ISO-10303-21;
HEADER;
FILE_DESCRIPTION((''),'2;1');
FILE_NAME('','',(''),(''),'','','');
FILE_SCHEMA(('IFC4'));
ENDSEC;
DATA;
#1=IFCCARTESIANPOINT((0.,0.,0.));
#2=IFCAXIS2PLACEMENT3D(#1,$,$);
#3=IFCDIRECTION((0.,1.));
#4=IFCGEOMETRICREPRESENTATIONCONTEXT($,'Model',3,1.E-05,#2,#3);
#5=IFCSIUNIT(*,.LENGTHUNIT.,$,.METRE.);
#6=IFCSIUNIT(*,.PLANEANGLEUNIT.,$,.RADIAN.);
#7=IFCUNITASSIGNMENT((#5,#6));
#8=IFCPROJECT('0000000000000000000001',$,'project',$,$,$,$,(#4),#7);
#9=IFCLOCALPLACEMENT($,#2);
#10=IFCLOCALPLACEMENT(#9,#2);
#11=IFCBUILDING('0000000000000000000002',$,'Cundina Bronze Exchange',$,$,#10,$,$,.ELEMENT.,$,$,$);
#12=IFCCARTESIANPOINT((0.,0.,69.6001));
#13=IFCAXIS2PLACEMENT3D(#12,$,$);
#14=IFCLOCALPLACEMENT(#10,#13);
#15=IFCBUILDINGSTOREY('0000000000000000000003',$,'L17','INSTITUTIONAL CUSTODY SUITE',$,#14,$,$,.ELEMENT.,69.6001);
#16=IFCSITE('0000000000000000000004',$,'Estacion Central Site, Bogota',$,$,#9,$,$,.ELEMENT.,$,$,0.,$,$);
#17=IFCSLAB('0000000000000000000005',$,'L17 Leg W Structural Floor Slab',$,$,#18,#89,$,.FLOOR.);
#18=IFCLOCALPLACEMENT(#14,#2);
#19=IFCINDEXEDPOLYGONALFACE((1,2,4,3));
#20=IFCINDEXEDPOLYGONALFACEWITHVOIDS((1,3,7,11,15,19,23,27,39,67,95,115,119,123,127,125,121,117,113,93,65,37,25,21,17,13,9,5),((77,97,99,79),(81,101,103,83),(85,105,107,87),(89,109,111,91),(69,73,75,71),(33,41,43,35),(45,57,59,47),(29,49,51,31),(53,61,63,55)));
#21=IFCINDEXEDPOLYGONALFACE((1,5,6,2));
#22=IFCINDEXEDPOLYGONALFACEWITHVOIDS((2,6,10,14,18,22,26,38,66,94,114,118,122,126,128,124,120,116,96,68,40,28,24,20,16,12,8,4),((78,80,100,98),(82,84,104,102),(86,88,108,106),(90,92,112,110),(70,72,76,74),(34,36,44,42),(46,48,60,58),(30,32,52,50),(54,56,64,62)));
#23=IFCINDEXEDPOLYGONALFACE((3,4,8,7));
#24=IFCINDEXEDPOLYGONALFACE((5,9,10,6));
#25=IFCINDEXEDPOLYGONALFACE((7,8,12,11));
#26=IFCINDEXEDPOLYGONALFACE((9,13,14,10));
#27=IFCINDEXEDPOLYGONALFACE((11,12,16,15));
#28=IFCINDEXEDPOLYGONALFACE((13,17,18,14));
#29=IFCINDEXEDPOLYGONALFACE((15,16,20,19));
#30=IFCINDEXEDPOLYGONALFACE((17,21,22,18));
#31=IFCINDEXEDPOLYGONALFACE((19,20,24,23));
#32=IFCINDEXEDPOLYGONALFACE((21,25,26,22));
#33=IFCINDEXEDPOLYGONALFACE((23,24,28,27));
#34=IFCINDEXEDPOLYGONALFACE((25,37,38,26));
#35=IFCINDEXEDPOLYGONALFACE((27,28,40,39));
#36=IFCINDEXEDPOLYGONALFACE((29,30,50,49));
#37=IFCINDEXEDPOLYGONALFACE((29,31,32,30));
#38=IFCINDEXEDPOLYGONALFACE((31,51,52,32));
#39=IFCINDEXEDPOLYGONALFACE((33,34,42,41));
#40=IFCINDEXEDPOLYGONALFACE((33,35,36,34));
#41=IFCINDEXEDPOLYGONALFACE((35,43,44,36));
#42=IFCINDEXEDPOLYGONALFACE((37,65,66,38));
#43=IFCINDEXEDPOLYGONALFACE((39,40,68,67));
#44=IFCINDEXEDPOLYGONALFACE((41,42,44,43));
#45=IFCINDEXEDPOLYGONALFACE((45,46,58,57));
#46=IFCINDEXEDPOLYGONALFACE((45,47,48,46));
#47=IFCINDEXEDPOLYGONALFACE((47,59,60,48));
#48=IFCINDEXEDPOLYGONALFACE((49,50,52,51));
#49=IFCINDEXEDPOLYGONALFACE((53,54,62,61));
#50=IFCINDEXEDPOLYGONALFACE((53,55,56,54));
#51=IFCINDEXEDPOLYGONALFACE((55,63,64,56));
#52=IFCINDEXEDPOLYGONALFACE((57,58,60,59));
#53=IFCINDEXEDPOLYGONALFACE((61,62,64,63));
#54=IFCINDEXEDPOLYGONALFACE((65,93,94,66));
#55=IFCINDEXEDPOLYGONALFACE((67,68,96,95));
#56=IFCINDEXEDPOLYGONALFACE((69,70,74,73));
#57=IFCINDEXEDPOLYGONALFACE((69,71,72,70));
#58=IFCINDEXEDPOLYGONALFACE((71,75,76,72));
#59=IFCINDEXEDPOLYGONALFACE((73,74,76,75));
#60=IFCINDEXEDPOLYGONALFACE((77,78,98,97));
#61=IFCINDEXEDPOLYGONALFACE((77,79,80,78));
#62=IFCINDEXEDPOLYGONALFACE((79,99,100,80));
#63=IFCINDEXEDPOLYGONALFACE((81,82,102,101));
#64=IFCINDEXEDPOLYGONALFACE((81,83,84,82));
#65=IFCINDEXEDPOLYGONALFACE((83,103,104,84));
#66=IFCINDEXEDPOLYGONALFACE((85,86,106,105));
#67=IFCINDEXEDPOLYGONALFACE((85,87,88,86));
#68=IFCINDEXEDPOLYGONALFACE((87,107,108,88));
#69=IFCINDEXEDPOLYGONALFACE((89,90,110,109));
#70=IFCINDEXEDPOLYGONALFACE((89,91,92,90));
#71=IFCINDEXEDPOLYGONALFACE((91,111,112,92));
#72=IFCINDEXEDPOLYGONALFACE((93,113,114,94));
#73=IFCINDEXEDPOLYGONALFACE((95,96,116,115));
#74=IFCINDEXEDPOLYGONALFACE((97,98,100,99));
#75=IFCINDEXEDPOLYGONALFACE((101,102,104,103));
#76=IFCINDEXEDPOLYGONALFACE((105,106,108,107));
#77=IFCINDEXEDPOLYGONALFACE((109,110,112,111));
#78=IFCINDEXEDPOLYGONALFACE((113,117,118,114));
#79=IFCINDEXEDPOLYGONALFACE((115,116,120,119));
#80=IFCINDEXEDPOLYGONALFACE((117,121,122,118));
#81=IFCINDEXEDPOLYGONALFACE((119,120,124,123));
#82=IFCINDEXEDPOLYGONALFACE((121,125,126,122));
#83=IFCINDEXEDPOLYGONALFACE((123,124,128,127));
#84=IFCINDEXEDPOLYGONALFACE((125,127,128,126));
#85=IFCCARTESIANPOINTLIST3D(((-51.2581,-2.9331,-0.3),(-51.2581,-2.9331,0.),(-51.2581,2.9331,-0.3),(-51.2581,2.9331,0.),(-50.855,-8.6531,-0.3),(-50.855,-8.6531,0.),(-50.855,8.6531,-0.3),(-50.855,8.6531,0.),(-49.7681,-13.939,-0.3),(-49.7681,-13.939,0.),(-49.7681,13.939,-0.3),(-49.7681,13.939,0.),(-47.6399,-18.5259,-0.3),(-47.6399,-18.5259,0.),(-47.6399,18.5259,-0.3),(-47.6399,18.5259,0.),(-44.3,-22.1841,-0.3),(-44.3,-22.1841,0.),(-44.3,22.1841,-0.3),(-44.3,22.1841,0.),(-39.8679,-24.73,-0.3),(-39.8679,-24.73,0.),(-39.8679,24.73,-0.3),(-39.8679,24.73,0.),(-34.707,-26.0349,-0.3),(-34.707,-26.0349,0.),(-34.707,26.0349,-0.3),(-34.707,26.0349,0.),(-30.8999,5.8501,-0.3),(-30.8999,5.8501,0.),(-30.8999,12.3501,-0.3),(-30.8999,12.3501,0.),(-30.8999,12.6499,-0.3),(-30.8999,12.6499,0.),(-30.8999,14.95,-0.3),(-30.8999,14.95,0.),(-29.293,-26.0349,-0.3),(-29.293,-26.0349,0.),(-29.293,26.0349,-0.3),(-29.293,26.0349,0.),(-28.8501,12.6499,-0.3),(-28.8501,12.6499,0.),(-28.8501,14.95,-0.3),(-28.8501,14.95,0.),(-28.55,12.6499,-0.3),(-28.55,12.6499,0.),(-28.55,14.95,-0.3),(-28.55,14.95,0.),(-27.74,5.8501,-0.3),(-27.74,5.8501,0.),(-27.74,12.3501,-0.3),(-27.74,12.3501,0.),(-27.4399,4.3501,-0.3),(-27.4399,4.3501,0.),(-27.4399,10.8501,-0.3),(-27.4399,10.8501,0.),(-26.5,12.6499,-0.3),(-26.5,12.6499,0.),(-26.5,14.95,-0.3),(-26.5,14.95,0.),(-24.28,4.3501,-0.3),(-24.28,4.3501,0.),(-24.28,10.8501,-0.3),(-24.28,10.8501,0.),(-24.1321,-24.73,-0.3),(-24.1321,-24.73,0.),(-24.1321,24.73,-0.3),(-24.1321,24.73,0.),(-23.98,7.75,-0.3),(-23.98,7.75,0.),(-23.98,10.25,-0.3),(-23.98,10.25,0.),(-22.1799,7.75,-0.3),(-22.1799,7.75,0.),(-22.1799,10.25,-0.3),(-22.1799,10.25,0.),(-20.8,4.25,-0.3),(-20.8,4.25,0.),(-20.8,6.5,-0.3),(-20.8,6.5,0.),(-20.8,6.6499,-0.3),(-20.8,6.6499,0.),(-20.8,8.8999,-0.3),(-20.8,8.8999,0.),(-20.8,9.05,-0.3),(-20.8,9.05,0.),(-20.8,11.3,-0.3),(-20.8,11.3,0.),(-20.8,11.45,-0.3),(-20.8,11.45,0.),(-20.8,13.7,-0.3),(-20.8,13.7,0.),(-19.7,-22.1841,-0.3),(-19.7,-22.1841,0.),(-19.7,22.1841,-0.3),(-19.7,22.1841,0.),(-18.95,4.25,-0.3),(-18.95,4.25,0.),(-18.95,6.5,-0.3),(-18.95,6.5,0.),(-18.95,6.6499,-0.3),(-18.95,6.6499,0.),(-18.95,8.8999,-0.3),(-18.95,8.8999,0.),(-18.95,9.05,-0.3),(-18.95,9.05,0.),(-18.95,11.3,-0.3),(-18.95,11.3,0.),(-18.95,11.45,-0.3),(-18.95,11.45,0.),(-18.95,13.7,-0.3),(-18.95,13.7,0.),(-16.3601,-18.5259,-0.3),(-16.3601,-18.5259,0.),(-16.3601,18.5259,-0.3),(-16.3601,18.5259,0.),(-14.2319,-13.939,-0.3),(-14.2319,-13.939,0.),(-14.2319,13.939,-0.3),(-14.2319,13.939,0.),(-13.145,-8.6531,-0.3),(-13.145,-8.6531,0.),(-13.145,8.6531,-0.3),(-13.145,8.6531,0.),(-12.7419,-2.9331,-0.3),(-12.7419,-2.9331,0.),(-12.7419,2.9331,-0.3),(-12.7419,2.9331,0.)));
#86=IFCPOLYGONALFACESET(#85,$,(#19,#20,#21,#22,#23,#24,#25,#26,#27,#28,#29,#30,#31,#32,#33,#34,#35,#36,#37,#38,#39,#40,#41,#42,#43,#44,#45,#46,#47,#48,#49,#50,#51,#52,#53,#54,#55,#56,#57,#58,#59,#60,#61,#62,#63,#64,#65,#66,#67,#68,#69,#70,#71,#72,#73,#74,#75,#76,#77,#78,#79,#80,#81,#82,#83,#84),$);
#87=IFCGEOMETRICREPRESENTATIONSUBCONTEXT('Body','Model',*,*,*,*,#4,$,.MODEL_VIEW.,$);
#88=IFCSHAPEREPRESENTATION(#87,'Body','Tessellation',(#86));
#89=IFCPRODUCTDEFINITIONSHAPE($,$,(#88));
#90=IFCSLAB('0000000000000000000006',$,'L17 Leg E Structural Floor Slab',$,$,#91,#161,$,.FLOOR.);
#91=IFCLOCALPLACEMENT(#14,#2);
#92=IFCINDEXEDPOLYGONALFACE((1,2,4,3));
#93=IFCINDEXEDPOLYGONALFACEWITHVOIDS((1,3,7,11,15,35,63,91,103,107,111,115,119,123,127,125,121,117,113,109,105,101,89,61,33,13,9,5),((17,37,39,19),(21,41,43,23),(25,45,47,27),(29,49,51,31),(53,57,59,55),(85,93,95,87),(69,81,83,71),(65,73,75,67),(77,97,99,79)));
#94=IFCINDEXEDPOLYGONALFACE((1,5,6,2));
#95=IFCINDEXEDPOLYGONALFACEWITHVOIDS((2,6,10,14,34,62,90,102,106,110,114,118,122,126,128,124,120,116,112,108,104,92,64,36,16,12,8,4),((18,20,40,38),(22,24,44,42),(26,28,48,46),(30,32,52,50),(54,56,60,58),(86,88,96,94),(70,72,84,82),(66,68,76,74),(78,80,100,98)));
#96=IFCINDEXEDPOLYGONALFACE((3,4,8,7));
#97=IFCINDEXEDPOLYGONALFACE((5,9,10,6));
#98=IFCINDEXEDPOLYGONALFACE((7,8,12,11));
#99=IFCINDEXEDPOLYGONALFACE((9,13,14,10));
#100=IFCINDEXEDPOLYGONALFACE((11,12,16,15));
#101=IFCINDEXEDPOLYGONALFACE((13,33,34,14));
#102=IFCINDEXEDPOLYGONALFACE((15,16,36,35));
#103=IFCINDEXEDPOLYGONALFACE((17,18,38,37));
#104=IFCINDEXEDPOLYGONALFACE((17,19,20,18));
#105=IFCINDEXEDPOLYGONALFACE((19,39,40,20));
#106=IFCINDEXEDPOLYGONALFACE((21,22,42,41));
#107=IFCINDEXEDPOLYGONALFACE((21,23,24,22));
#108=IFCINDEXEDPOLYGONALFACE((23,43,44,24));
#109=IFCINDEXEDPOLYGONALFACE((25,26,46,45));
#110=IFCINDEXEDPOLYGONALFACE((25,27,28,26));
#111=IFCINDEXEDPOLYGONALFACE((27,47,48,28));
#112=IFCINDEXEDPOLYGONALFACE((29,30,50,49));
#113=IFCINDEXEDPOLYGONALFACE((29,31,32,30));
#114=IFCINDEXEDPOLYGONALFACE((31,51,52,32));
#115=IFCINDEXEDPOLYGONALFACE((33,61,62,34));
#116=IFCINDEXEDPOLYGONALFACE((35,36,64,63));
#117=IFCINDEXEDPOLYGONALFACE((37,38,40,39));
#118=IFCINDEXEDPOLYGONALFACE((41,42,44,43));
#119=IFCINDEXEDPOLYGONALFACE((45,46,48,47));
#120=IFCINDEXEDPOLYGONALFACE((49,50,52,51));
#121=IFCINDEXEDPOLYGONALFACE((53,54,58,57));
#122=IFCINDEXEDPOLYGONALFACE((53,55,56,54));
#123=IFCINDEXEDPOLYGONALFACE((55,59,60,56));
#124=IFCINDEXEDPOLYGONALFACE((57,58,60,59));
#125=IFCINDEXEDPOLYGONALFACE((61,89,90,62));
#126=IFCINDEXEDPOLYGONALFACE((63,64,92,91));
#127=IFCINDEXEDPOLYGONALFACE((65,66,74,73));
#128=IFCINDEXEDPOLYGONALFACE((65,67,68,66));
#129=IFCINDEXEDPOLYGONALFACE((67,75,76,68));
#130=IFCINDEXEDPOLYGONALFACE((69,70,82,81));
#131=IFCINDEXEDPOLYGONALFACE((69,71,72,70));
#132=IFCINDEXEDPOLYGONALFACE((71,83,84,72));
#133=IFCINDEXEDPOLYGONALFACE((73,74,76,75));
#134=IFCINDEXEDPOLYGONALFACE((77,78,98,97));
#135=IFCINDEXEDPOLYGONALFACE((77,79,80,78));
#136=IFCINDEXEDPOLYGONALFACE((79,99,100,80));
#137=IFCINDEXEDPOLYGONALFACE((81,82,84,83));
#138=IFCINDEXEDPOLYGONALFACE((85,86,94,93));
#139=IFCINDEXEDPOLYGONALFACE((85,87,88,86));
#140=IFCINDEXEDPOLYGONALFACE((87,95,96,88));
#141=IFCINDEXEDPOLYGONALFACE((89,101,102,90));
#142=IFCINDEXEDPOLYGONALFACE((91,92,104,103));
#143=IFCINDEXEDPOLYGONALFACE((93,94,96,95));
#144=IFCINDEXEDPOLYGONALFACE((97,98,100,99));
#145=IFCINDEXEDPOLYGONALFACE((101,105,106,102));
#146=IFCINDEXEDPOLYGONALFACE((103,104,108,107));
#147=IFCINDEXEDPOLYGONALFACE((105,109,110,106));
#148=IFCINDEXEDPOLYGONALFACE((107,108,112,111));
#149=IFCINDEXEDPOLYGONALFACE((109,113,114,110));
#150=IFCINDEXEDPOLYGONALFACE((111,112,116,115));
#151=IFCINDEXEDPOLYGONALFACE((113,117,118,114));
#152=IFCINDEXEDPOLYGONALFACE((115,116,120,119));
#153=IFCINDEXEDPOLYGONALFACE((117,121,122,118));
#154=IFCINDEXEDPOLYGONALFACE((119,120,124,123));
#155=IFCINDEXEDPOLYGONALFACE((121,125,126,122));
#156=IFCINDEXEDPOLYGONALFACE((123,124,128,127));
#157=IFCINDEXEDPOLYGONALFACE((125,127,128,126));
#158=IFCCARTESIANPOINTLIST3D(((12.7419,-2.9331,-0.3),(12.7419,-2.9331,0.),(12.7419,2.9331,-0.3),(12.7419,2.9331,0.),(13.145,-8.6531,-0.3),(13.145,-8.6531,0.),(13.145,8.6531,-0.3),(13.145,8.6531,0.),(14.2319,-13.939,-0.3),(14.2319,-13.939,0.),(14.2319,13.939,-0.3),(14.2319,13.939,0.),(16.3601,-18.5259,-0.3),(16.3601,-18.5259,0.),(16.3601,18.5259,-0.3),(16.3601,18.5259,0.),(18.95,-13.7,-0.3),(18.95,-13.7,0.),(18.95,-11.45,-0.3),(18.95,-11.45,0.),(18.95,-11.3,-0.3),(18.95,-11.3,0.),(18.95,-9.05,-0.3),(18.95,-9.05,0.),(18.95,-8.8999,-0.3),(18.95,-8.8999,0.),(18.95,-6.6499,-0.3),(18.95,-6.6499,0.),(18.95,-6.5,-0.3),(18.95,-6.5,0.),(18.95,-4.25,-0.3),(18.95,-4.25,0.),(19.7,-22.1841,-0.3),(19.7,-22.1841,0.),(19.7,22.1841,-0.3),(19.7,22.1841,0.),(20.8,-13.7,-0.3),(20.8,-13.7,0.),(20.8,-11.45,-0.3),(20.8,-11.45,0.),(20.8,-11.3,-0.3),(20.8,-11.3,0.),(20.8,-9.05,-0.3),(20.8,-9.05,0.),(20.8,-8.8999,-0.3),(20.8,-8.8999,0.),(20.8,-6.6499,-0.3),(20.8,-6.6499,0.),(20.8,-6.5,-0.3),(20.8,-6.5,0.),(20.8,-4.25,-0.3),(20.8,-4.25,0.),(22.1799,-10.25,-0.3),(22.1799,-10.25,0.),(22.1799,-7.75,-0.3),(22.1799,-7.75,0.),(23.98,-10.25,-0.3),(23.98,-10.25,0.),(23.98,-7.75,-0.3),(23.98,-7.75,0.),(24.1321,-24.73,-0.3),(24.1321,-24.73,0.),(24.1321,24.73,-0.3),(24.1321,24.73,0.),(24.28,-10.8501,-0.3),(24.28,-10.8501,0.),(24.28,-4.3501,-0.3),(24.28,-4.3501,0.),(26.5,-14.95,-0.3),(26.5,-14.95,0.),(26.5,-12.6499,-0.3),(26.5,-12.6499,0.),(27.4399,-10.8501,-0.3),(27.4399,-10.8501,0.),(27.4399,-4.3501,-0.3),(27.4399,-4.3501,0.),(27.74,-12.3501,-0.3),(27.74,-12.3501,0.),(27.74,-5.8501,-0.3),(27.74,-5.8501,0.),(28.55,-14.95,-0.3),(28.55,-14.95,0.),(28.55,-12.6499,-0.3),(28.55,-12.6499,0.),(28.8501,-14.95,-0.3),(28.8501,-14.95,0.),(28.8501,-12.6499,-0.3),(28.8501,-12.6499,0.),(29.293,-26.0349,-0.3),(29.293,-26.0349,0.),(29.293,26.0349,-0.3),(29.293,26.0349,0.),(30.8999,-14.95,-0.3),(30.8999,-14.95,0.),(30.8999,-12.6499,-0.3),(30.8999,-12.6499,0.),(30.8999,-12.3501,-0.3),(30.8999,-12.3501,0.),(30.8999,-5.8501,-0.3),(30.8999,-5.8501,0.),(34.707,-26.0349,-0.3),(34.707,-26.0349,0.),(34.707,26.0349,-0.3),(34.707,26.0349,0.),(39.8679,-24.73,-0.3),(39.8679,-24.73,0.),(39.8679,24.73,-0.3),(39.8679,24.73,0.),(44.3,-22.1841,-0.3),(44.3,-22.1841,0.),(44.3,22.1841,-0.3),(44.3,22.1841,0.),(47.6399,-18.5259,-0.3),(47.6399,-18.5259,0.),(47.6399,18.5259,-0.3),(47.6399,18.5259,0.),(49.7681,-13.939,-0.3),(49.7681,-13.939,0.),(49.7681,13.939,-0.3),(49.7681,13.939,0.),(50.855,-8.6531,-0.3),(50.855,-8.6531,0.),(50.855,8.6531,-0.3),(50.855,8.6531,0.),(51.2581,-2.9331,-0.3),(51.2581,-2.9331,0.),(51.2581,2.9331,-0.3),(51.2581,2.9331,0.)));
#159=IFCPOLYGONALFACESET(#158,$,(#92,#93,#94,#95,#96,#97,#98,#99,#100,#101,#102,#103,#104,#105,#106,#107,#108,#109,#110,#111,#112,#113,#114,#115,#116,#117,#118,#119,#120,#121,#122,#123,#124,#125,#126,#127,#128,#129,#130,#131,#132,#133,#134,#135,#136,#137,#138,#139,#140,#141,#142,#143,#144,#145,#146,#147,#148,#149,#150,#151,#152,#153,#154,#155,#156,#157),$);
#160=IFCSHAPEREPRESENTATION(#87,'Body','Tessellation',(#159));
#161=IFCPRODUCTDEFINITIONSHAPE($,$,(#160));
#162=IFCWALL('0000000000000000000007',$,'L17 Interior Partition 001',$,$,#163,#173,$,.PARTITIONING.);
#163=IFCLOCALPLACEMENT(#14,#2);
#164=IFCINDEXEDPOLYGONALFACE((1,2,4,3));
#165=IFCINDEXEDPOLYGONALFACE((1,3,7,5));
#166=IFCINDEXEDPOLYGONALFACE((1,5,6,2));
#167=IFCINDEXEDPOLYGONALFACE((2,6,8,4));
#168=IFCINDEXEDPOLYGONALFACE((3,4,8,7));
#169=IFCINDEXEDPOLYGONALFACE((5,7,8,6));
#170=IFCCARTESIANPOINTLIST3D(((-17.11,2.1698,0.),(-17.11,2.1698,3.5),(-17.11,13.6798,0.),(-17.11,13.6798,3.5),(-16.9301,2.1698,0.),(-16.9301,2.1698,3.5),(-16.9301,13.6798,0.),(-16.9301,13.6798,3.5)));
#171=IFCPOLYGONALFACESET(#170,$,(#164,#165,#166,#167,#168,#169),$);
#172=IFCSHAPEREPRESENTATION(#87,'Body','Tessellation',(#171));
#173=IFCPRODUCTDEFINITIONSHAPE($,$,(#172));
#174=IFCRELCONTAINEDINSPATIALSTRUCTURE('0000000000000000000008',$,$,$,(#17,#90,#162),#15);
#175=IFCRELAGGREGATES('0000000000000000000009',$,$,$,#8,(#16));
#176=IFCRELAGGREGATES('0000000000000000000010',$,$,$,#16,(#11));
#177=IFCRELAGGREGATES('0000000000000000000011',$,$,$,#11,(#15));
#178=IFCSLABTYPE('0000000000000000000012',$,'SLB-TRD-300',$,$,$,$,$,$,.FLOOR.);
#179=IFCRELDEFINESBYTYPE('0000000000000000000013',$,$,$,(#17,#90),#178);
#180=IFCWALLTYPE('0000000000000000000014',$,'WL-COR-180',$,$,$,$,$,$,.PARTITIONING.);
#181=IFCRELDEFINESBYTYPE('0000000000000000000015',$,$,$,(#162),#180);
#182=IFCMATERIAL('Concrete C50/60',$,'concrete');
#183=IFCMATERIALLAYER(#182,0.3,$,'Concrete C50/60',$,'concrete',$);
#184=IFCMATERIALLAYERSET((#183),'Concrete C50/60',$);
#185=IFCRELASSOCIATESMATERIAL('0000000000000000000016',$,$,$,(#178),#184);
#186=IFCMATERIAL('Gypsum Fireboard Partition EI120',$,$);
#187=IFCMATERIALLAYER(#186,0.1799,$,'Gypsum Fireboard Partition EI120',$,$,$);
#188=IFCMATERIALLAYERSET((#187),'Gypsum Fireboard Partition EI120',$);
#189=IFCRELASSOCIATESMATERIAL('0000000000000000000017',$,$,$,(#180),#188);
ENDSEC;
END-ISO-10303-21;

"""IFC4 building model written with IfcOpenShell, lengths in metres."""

from ifc_helpers import new_model, si_unit, direction, frame, frame_2d, origin, place, context, subcontext, project, spatial, polyline, rectangle, outline, extrude, material, layer, layer_set, type_object, element, save


model = new_model("IFC4")

# Units and contexts
model_context = context("Model", 3, precision=1e-05, world=origin(), true_north=direction((0.0, 1.0)))
body_context = subcontext(model_context, "Body", "Model", "MODEL_VIEW")
ifc_project = project(units=[si_unit("LENGTHUNIT", "METRE"), si_unit("PLANEANGLEUNIT", "RADIAN")], contexts=[model_context])

# Site, building, storey
site_placement = place(None, origin())
site = spatial("IfcSite", under=ifc_project, at=site_placement, Name="Estacion Central Site, Bogota", CompositionType="ELEMENT", RefElevation=0.0)
building_placement = place(site_placement, origin())
building = spatial("IfcBuilding", under=site, at=building_placement, Name="Cundina Bronze Exchange", CompositionType="ELEMENT")
storey_placement = place(building_placement, frame((0.0, 0.0, 69.6001)))
storey = spatial("IfcBuildingStorey", under=building, at=storey_placement, Name="L17", Description="INSTITUTIONAL CUSTODY SUITE", CompositionType="ELEMENT", Elevation=69.6001)

# Slabs
ifc_material_1 = material(Name="Concrete C50/60", Category="concrete")
ifc_layer_1 = layer(ifc_material_1, 0.3, Name="Concrete C50/60", Category="concrete")
ifc_layer_set_1 = layer_set([ifc_layer_1], Name="Concrete C50/60")
slab_type_1 = type_object("IfcSlabType", Name="SLB-TRD-300", PredefinedType="FLOOR", material=ifc_layer_set_1)
slab_1_placement = place(storey_placement, frame((0.0, 0.0, -0.3)))
element("IfcSlab", 1, at=slab_1_placement, inside=storey, type_object=slab_type_1, Name="L17 Leg W Structural Floor Slab", PredefinedType="FLOOR", context=body_context, shape_type="SweptSolid", body=[
    extrude(outline(polyline([(-12.7419, 2.9331), (-13.145, 8.6531), (-14.2319, 13.939), (-16.3601, 18.5259), (-19.7, 22.1841), (-24.1321, 24.73), (-29.293, 26.0349), (-34.707, 26.0349), (-39.8679, 24.73), (-44.3, 22.1841), (-47.6399, 18.5259), (-49.7681, 13.939), (-50.855, 8.6531), (-51.2581, 2.9331), (-51.2581, -2.9331), (-50.855, -8.6531), (-49.7681, -13.939), (-47.6399, -18.5259), (-44.3, -22.1841), (-39.8679, -24.73), (-34.707, -26.0349), (-29.293, -26.0349), (-24.1321, -24.73), (-19.7, -22.1841), (-16.3601, -18.5259), (-14.2319, -13.939), (-13.145, -8.6531), (-12.7419, -2.9331), (-12.7419, 2.9331)]), holes=[polyline([(-27.74, 5.8501), (-27.74, 12.3501), (-30.8999, 12.3501), (-30.8999, 5.8501), (-27.74, 5.8501)]), polyline([(-27.4399, 10.8501), (-27.4399, 4.3501), (-24.28, 4.3501), (-24.28, 10.8501), (-27.4399, 10.8501)]), polyline([(-23.98, 10.25), (-22.1799, 10.25), (-22.1799, 7.75), (-23.98, 7.75), (-23.98, 10.25)]), polyline([(-30.8999, 14.95), (-28.8501, 14.95), (-28.8501, 12.6499), (-30.8999, 12.6499), (-30.8999, 14.95)]), polyline([(-28.55, 14.95), (-26.5, 14.95), (-26.5, 12.6499), (-28.55, 12.6499), (-28.55, 14.95)]), polyline([(-20.8, 13.7), (-18.95, 13.7), (-18.95, 11.45), (-20.8, 11.45), (-20.8, 13.7)]), polyline([(-20.8, 11.3), (-18.95, 11.3), (-18.95, 9.05), (-20.8, 9.05), (-20.8, 11.3)]), polyline([(-20.8, 8.8999), (-18.95, 8.8999), (-18.95, 6.6499), (-20.8, 6.6499), (-20.8, 8.8999)]), polyline([(-20.8, 6.5), (-18.95, 6.5), (-18.95, 4.25), (-20.8, 4.25), (-20.8, 6.5)])]), origin(), (0.0, 0.0, 1.0), 0.3),
])
slab_2_placement = place(storey_placement, frame((0.0, 0.0, -0.3)))
element("IfcSlab", 2, at=slab_2_placement, inside=storey, type_object=slab_type_1, Name="L17 Leg E Structural Floor Slab", PredefinedType="FLOOR", context=body_context, shape_type="SweptSolid", body=[
    extrude(outline(polyline([(51.2581, 2.9331), (50.855, 8.6531), (49.7681, 13.939), (47.6399, 18.5259), (44.3, 22.1841), (39.8679, 24.73), (34.707, 26.0349), (29.293, 26.0349), (24.1321, 24.73), (19.7, 22.1841), (16.3601, 18.5259), (14.2319, 13.939), (13.145, 8.6531), (12.7419, 2.9331), (12.7419, -2.9331), (13.145, -8.6531), (14.2319, -13.939), (16.3601, -18.5259), (19.7, -22.1841), (24.1321, -24.73), (29.293, -26.0349), (34.707, -26.0349), (39.8679, -24.73), (44.3, -22.1841), (47.6399, -18.5259), (49.7681, -13.939), (50.855, -8.6531), (51.2581, -2.9331), (51.2581, 2.9331)]), holes=[polyline([(27.74, -5.8501), (27.74, -12.3501), (30.8999, -12.3501), (30.8999, -5.8501), (27.74, -5.8501)]), polyline([(27.4399, -10.8501), (27.4399, -4.3501), (24.28, -4.3501), (24.28, -10.8501), (27.4399, -10.8501)]), polyline([(22.1799, -7.75), (23.98, -7.75), (23.98, -10.25), (22.1799, -10.25), (22.1799, -7.75)]), polyline([(28.8501, -12.6499), (30.8999, -12.6499), (30.8999, -14.95), (28.8501, -14.95), (28.8501, -12.6499)]), polyline([(26.5, -12.6499), (28.55, -12.6499), (28.55, -14.95), (26.5, -14.95), (26.5, -12.6499)]), polyline([(18.95, -11.45), (20.8, -11.45), (20.8, -13.7), (18.95, -13.7), (18.95, -11.45)]), polyline([(18.95, -9.05), (20.8, -9.05), (20.8, -11.3), (18.95, -11.3), (18.95, -9.05)]), polyline([(18.95, -6.6499), (20.8, -6.6499), (20.8, -8.8999), (18.95, -8.8999), (18.95, -6.6499)]), polyline([(18.95, -4.25), (20.8, -4.25), (20.8, -6.5), (18.95, -6.5), (18.95, -4.25)])]), origin(), (0.0, 0.0, 1.0), 0.3),
])

# Wall
ifc_material_2 = material(Name="Gypsum Fireboard Partition EI120")
ifc_layer_2 = layer(ifc_material_2, 0.1799, Name="Gypsum Fireboard Partition EI120")
ifc_layer_set_2 = layer_set([ifc_layer_2], Name="Gypsum Fireboard Partition EI120")
wall_type = type_object("IfcWallType", Name="WL-COR-180", PredefinedType="PARTITIONING", material=ifc_layer_set_2)
wall_1_placement = place(storey_placement, frame((-17.02, 2.1699, 0.0), z_axis=(0.0, 0.0, 1.0), x_axis=(0.0, 1.0, 0.0)))
element("IfcWall", 3, at=wall_1_placement, inside=storey, type_object=wall_type, Name="L17 Interior Partition 001", PredefinedType="PARTITIONING", context=body_context, shape_type="SweptSolid", body=[
    extrude(rectangle(XDim=11.51, YDim=0.1799, at=frame_2d((5.7549, 0.0))), origin(), (0.0, 0.0, 1.0), 3.5),
])

save(model, "model.ifc")
